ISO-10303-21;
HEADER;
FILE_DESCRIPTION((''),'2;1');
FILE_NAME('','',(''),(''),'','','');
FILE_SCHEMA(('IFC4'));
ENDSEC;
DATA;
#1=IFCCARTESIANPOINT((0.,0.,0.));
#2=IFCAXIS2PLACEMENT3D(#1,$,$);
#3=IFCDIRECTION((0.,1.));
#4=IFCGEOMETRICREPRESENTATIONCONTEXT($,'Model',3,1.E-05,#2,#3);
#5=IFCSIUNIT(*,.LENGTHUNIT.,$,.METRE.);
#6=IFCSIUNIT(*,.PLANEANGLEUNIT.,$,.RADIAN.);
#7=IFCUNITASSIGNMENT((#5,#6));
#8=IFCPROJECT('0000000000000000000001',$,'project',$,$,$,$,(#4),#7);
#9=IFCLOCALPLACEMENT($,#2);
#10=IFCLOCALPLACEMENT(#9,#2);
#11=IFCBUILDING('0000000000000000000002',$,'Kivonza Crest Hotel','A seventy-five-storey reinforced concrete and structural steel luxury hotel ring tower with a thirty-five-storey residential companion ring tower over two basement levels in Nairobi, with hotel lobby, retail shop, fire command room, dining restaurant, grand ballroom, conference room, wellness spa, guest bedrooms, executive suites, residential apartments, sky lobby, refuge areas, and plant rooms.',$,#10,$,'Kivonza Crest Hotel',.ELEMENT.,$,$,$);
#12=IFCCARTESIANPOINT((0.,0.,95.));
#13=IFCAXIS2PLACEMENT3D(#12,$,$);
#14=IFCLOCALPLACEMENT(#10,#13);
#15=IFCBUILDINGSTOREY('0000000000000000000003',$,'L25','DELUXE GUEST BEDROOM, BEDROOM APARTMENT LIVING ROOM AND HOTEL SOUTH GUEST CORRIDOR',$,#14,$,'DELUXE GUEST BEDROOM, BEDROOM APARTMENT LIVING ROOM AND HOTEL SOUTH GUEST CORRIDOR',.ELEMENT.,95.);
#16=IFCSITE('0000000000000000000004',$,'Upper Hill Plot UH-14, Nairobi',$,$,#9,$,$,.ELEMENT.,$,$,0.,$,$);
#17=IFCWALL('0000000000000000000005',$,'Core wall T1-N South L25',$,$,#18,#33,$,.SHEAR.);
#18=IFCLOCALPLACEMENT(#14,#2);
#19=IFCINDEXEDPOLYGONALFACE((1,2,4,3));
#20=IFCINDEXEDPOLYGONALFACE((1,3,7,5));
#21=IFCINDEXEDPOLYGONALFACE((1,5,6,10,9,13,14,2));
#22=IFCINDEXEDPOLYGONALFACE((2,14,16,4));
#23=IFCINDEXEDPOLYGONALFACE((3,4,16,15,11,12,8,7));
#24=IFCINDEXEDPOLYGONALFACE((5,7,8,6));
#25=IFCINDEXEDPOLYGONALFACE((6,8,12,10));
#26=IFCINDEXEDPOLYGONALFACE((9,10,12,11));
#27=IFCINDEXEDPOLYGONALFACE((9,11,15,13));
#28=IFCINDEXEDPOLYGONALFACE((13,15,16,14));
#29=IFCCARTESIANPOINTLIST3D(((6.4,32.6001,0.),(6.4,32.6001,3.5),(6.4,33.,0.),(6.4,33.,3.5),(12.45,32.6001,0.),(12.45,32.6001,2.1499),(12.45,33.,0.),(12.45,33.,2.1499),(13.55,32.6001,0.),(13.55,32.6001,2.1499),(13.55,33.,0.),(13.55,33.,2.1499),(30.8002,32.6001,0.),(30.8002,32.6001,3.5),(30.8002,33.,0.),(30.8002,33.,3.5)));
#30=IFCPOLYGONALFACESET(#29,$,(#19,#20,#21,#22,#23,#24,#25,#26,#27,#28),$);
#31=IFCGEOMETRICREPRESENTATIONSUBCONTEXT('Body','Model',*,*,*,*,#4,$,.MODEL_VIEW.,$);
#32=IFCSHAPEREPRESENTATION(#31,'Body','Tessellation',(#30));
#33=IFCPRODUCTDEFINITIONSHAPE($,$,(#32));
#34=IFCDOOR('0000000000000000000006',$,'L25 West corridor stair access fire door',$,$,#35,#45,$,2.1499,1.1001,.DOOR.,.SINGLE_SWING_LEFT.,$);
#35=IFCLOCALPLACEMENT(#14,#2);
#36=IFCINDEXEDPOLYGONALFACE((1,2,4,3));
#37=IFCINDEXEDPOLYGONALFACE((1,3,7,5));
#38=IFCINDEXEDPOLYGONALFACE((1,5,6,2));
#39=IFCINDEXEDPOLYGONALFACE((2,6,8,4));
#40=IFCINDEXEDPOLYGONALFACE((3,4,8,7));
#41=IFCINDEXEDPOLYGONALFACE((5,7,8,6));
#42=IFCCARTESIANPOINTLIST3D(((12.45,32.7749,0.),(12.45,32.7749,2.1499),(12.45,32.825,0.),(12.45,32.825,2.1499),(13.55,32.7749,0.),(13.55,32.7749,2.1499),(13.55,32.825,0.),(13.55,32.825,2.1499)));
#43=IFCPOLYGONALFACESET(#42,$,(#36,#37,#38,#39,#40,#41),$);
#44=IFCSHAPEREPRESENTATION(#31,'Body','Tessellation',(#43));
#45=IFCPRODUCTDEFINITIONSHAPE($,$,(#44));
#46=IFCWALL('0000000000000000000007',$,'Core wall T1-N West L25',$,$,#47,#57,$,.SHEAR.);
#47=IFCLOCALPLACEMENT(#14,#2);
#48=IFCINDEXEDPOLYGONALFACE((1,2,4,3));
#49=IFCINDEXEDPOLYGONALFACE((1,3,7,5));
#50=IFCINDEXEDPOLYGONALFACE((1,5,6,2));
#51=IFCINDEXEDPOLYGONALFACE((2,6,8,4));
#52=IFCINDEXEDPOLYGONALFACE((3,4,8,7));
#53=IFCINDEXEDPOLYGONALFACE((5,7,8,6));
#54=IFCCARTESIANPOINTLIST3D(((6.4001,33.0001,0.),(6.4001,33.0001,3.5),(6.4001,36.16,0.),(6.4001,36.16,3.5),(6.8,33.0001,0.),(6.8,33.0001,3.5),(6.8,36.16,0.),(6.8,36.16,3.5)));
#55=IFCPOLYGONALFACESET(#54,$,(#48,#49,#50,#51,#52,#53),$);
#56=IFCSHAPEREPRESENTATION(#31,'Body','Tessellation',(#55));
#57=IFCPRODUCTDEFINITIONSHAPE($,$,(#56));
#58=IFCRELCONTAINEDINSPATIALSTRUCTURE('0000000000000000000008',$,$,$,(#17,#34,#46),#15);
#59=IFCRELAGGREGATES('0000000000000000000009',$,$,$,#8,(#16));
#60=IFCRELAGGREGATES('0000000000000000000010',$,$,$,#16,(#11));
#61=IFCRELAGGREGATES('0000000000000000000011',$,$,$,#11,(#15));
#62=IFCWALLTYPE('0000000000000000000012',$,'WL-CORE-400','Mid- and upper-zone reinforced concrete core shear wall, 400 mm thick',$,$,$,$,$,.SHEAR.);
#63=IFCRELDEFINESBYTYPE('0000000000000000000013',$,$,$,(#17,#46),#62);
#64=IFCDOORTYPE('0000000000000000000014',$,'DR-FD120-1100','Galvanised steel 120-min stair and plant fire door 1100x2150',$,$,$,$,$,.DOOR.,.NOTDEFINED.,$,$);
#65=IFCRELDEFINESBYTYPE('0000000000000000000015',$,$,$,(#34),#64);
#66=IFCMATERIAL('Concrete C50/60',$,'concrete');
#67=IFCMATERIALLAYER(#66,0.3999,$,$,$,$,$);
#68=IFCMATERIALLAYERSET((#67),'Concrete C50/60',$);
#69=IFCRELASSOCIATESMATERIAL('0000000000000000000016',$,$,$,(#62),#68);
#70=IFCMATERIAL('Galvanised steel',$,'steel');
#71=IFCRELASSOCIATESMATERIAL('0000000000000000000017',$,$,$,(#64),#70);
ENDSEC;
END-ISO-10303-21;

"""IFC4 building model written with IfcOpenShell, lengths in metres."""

from ifc_helpers import new_model, si_unit, direction, frame, frame_2d, origin, place, context, subcontext, project, spatial, rectangle, extrude, material, layer, layer_set, type_object, element, fill, save


model = new_model("IFC4")

# Units and contexts
model_context = context("Model", 3, precision=1e-05, world=origin(), true_north=direction((0.0, 1.0)))
body_context = subcontext(model_context, "Body", "Model", "MODEL_VIEW")
ifc_project = project(units=[si_unit("LENGTHUNIT", "METRE"), si_unit("PLANEANGLEUNIT", "RADIAN")], contexts=[model_context])

# Site, building, storey
site_placement = place(None, origin())
site = spatial("IfcSite", under=ifc_project, at=site_placement, Name="Upper Hill Plot UH-14, Nairobi", CompositionType="ELEMENT", RefElevation=0.0)
building_placement = place(site_placement, origin())
building = spatial("IfcBuilding", under=site, at=building_placement, Name="Kivonza Crest Hotel", Description="A seventy-five-storey reinforced concrete and structural steel luxury hotel ring tower with a thirty-five-storey residential companion ring tower over two basement levels in Nairobi, with hotel lobby, retail shop, fire command room, dining restaurant, grand ballroom, conference room, wellness spa, guest bedrooms, executive suites, residential apartments, sky lobby, refuge areas, and plant rooms.", LongName="Kivonza Crest Hotel", CompositionType="ELEMENT")
storey_placement = place(building_placement, frame((0.0, 0.0, 95.0)))
storey = spatial("IfcBuildingStorey", under=building, at=storey_placement, Name="L25", Description="DELUXE GUEST BEDROOM, BEDROOM APARTMENT LIVING ROOM AND HOTEL SOUTH GUEST CORRIDOR", LongName="DELUXE GUEST BEDROOM, BEDROOM APARTMENT LIVING ROOM AND HOTEL SOUTH GUEST CORRIDOR", CompositionType="ELEMENT", Elevation=95.0)

# Shared definitions
ifc_material_1 = material(Name="Concrete C50/60", Category="concrete")

# Wall, opening, door
ifc_layer_1 = layer(ifc_material_1, 0.3999)
ifc_layer_set_1 = layer_set([ifc_layer_1], Name="Concrete C50/60")
wall_type_1 = type_object("IfcWallType", Name="WL-CORE-400", Description="Mid- and upper-zone reinforced concrete core shear wall, 400 mm thick", PredefinedType="SHEAR", material=ifc_layer_set_1)
wall_1_placement = place(storey_placement, frame((6.3999, 32.8, 0.0), z_axis=(0.0, 0.0, 1.0), x_axis=(1.0, 0.0, 0.0)))
wall_1 = element("IfcWall", 1, at=wall_1_placement, inside=storey, type_object=wall_type_1, Name="Core wall T1-N South L25", PredefinedType="SHEAR", context=body_context, shape_type="SweptSolid", body=[
    extrude(rectangle(XDim=24.4001, YDim=0.3999, at=frame_2d((12.2002, 0.0))), origin(), (0.0, 0.0, 1.0), 3.5),
])
opening_placement = place(wall_1_placement, frame((6.05, 0.0, 0.0)))
opening = element("IfcOpeningElement", 2, at=opening_placement, cuts=wall_1, PredefinedType="OPENING", context=body_context, shape_type="SweptSolid", body=[
    extrude(rectangle(XDim=1.1001, YDim=2.1499, at=frame_2d((0.55, 1.075))), frame((0.0, 0.21, 0.0), z_axis=(0.0, -1.0, 0.0), x_axis=(1.0, 0.0, 0.0)), (0.0, 0.0, 1.0), 0.4199),
])
ifc_material_2 = material(Name="Galvanised steel", Category="steel")
door_type = type_object("IfcDoorType", Name="DR-FD120-1100", Description="Galvanised steel 120-min stair and plant fire door 1100x2150", OperationType="NOTDEFINED", PredefinedType="DOOR", material=ifc_material_2)
door_placement = place(opening_placement, origin())
door = element("IfcDoor", 3, at=door_placement, inside=storey, type_object=door_type, Name="L25 West corridor stair access fire door", OperationType="SINGLE_SWING_LEFT", OverallHeight=2.1499, OverallWidth=1.1001, PredefinedType="DOOR", context=body_context, shape_type="SweptSolid", body=[
    extrude(rectangle(XDim=1.1001, YDim=2.1499, at=frame_2d((0.55, 1.075))), frame((0.0, 0.0249, 0.0), z_axis=(0.0, -1.0, 0.0), x_axis=(1.0, 0.0, 0.0)), (0.0, 0.0, 1.0), 0.05),
])
fill(opening, door)

# Wall
wall_2_placement = place(storey_placement, frame((6.6001, 33.0, 0.0), z_axis=(0.0, 0.0, 1.0), x_axis=(0.0, 1.0, 0.0)))
element("IfcWall", 4, at=wall_2_placement, inside=storey, type_object=wall_type_1, Name="Core wall T1-N West L25", PredefinedType="SHEAR", context=body_context, shape_type="SweptSolid", body=[
    extrude(rectangle(XDim=3.1599, YDim=0.3999, at=frame_2d((1.5801, 0.0))), origin(), (0.0, 0.0, 1.0), 3.5),
])

save(model, "model.ifc")
